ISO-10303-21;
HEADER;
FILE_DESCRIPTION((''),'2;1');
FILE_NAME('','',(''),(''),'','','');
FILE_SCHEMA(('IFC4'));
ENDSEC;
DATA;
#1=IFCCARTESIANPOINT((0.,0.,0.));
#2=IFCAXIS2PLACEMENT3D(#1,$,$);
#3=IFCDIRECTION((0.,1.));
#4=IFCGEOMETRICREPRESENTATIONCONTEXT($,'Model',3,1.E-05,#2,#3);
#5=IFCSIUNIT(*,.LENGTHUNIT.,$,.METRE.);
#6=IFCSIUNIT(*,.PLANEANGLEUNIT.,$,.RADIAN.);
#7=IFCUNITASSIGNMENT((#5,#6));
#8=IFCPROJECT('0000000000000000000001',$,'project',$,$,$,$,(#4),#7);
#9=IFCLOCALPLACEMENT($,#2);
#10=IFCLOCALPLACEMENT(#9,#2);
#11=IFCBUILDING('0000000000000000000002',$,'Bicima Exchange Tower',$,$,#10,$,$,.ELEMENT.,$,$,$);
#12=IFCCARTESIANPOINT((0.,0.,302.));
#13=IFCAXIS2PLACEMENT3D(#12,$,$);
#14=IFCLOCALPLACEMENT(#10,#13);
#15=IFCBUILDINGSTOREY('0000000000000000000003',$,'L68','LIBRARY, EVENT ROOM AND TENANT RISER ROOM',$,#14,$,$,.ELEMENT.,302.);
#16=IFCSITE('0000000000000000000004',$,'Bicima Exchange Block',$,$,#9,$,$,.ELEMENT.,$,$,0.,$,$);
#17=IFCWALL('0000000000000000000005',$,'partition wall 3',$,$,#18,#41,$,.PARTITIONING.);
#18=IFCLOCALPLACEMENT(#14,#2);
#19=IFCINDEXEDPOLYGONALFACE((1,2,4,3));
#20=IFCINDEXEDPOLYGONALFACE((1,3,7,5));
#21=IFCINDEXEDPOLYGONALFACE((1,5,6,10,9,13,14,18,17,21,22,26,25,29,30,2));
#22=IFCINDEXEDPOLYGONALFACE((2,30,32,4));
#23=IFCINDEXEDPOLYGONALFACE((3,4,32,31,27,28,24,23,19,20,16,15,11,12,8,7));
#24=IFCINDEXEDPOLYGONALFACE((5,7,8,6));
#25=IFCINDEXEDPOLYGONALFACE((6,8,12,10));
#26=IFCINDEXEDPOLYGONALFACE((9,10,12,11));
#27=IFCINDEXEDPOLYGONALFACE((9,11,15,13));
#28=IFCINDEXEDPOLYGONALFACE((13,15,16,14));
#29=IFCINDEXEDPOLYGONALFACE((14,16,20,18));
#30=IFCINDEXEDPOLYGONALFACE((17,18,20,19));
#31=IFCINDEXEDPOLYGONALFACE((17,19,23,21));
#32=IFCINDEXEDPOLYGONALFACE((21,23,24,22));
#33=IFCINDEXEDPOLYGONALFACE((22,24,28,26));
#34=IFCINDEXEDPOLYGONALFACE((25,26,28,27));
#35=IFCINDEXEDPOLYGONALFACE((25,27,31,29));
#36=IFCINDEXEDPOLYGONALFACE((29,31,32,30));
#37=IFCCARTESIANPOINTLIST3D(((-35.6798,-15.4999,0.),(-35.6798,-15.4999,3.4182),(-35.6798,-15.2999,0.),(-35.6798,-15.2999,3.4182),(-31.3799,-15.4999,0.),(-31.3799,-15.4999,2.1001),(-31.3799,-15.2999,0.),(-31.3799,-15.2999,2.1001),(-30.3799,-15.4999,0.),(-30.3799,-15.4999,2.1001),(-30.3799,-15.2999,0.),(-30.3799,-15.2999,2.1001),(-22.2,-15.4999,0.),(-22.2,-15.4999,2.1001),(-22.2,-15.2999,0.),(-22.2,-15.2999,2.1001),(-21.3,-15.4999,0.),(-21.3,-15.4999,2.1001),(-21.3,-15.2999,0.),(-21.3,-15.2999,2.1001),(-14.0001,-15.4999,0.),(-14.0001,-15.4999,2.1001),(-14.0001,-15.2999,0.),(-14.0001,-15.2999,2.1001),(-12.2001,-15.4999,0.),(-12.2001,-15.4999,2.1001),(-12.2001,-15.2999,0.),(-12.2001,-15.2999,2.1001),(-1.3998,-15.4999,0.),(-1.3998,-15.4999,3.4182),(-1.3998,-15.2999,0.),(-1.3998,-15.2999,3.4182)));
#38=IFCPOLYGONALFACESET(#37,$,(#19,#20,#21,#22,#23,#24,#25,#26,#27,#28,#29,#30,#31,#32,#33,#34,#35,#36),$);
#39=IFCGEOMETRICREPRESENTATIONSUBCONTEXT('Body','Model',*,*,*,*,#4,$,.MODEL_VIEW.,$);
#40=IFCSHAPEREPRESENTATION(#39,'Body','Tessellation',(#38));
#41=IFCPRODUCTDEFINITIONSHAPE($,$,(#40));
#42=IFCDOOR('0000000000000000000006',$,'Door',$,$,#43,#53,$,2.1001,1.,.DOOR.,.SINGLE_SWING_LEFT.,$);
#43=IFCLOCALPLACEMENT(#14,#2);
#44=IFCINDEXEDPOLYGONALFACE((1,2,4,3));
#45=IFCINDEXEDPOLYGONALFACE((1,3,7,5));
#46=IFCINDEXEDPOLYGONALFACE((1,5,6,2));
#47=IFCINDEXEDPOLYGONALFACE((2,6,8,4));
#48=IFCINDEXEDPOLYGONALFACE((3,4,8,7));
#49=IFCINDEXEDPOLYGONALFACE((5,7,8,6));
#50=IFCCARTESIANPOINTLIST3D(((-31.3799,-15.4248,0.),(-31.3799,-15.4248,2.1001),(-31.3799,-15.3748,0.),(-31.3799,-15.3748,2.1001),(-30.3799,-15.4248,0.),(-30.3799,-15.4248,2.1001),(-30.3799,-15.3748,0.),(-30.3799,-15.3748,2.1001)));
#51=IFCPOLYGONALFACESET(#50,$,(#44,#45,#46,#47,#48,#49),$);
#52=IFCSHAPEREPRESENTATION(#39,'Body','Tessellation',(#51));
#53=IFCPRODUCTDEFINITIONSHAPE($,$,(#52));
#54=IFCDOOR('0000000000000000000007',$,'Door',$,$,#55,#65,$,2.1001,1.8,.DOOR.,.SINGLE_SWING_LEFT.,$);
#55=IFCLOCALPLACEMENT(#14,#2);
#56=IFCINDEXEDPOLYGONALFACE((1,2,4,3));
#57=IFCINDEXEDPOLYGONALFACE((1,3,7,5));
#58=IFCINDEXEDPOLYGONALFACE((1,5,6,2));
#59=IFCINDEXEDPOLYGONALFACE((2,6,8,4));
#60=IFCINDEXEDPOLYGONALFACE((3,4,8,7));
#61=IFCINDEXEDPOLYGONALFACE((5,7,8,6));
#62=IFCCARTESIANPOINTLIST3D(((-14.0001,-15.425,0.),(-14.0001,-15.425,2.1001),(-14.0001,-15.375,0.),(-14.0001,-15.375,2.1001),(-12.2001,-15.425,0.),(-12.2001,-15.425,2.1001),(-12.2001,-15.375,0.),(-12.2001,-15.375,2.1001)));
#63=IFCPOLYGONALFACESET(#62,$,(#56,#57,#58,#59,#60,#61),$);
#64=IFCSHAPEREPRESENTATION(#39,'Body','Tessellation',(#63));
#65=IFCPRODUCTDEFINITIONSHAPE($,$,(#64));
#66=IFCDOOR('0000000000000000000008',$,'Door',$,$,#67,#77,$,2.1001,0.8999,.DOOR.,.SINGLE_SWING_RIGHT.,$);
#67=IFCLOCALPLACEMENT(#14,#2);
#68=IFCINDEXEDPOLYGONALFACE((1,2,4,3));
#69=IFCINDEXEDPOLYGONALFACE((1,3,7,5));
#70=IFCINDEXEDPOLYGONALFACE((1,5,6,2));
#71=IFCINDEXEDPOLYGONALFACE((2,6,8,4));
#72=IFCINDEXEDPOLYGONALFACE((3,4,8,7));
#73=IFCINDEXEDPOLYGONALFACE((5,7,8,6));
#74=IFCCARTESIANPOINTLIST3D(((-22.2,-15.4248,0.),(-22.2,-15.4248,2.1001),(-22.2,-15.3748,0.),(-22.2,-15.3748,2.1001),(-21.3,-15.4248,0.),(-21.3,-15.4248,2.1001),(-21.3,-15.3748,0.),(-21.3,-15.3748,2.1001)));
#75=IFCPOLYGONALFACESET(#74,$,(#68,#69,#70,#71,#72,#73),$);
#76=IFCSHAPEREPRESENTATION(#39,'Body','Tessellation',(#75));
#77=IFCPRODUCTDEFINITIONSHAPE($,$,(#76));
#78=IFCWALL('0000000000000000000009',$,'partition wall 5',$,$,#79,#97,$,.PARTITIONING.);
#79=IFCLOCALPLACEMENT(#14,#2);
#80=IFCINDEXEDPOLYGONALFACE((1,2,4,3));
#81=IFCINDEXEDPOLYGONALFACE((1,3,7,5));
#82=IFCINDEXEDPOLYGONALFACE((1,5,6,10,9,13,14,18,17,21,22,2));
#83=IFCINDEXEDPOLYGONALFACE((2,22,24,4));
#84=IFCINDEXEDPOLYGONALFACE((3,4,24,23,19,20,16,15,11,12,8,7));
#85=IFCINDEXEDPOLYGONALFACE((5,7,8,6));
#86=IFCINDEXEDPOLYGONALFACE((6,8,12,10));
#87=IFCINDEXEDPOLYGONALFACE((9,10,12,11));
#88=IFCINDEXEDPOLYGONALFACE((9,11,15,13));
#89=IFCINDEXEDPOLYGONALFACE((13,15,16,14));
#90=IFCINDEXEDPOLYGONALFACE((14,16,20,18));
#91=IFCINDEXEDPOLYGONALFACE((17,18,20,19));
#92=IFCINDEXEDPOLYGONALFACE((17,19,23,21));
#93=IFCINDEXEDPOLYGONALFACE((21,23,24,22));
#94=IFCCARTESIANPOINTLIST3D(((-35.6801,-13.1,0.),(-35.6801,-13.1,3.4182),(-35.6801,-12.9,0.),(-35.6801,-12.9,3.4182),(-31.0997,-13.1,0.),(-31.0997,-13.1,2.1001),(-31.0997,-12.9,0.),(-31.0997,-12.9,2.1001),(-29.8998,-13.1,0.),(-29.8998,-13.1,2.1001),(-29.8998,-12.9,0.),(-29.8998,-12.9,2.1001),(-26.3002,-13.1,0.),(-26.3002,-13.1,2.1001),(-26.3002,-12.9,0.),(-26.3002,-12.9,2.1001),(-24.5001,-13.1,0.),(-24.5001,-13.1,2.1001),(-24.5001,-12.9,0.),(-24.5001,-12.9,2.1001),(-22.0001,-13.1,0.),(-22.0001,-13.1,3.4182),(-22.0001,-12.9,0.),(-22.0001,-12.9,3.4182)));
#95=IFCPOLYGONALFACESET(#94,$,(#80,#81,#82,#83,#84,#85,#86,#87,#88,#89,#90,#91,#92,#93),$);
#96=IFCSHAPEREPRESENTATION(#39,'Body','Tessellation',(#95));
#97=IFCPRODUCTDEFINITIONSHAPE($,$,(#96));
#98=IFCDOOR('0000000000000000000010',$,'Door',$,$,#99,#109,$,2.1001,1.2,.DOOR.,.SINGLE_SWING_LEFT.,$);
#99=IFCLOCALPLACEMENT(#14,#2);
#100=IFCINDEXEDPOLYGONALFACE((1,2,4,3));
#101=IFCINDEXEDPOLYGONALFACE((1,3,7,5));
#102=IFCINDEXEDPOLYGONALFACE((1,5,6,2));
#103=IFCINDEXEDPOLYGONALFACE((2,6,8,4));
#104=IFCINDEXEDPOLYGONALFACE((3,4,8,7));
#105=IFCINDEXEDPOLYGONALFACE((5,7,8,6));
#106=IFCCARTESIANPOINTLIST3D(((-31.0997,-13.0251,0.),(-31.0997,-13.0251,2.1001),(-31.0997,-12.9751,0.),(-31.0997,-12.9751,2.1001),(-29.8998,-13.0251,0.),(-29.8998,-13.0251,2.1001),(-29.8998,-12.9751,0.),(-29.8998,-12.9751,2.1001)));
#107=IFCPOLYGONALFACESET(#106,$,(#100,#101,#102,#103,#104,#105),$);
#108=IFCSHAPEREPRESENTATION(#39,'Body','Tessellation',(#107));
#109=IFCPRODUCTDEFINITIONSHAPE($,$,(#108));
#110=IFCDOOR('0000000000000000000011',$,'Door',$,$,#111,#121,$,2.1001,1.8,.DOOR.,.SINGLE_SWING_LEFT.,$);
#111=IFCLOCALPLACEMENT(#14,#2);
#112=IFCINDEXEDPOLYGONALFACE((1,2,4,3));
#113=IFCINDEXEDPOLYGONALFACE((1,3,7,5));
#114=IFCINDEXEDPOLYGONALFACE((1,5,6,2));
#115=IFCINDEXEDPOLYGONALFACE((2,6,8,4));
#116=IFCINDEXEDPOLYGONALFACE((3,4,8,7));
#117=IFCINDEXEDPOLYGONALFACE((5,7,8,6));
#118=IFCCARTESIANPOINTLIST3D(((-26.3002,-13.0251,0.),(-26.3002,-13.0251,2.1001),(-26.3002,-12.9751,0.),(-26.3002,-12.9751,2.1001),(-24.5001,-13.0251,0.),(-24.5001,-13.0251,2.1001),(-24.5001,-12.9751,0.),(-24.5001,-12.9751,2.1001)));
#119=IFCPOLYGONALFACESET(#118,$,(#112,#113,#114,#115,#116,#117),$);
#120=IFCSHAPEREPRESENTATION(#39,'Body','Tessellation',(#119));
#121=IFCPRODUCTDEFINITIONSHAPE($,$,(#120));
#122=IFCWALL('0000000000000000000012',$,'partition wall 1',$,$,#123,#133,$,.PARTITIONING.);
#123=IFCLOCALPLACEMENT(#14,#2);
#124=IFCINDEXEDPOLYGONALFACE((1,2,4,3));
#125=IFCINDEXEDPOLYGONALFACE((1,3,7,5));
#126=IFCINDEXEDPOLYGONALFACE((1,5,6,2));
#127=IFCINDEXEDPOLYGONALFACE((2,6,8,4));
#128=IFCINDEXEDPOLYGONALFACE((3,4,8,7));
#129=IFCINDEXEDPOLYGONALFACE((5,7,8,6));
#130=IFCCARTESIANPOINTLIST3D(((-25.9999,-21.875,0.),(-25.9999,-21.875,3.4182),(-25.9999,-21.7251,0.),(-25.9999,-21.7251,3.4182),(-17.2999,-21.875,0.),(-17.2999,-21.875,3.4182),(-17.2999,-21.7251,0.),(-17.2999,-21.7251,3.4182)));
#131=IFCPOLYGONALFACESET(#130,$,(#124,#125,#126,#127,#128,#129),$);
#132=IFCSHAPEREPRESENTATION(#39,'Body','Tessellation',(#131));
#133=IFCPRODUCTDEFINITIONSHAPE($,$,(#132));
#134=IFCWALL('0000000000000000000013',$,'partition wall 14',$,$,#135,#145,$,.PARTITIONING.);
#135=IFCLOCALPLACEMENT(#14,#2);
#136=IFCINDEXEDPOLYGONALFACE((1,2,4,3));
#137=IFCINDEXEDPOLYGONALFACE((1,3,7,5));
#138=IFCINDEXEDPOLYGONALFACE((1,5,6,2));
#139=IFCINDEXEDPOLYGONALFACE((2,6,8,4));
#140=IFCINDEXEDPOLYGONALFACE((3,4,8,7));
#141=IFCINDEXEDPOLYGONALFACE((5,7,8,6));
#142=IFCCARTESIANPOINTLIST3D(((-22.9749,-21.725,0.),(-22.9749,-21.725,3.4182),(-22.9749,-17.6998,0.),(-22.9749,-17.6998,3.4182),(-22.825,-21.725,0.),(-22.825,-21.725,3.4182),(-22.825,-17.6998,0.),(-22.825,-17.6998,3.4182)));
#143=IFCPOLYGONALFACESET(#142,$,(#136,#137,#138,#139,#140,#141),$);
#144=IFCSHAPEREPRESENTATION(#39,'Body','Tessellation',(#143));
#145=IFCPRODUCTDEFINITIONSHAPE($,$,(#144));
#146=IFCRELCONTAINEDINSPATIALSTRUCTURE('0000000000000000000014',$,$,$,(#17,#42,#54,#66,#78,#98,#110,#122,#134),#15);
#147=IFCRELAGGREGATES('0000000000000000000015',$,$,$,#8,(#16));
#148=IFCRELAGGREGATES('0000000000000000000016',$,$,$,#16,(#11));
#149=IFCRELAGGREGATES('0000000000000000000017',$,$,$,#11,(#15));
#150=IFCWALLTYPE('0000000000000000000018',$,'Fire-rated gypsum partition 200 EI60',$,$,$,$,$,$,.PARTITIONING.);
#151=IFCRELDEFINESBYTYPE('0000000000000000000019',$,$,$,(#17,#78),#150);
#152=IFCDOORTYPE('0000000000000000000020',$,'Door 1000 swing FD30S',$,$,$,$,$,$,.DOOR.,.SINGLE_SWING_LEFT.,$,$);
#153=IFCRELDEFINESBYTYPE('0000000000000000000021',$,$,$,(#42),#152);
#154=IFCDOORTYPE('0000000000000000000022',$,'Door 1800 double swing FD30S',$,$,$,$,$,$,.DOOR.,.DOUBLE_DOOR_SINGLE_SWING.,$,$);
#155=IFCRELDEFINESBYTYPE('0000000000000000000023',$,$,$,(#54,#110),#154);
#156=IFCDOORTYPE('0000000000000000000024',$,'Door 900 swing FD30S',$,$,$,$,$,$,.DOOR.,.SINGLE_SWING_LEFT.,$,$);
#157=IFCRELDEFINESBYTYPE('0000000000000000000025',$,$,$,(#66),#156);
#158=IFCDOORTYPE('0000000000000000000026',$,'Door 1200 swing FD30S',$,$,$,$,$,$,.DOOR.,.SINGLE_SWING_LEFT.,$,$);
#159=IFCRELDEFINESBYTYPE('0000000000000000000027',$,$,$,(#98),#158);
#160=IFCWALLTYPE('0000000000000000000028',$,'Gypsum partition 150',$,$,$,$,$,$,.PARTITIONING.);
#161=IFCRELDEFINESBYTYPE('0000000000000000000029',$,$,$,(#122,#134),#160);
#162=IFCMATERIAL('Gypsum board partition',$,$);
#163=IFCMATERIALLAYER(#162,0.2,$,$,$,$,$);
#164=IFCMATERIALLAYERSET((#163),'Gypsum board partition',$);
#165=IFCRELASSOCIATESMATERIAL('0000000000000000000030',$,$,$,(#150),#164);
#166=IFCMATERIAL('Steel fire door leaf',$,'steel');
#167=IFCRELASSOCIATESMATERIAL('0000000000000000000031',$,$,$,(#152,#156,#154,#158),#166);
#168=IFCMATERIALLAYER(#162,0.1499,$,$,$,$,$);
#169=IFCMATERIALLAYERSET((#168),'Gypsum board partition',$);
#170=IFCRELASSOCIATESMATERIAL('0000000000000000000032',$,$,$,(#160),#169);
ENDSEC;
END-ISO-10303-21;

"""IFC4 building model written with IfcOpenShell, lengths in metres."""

from ifc_helpers import new_model, si_unit, direction, frame, frame_2d, origin, place, context, subcontext, project, spatial, rectangle, extrude, material, layer, layer_set, type_object, element, fill, save


model = new_model("IFC4")

# Units and contexts
model_context = context("Model", 3, precision=1e-05, world=origin(), true_north=direction((0.0, 1.0)))
body_context = subcontext(model_context, "Body", "Model", "MODEL_VIEW")
ifc_project = project(units=[si_unit("LENGTHUNIT", "METRE"), si_unit("PLANEANGLEUNIT", "RADIAN")], contexts=[model_context])

# Site, building, storey
site_placement = place(None, origin())
site = spatial("IfcSite", under=ifc_project, at=site_placement, Name="Bicima Exchange Block", CompositionType="ELEMENT", RefElevation=0.0)
building_placement = place(site_placement, origin())
building = spatial("IfcBuilding", under=site, at=building_placement, Name="Bicima Exchange Tower", CompositionType="ELEMENT")
storey_placement = place(building_placement, frame((0.0, 0.0, 302.0)))
storey = spatial("IfcBuildingStorey", under=building, at=storey_placement, Name="L68", Description="LIBRARY, EVENT ROOM AND TENANT RISER ROOM", CompositionType="ELEMENT", Elevation=302.0)

# Walls, openings, doors
ifc_material_1 = material(Name="Gypsum board partition")
ifc_layer_1 = layer(ifc_material_1, 0.2)
ifc_layer_set_1 = layer_set([ifc_layer_1], Name="Gypsum board partition")
wall_type_1 = type_object("IfcWallType", Name="Fire-rated gypsum partition 200 EI60", PredefinedType="PARTITIONING", material=ifc_layer_set_1)
ifc_material_2 = material(Name="Steel fire door leaf", Category="steel")
door_type_1 = type_object("IfcDoorType", Name="Door 1000 swing FD30S", OperationType="SINGLE_SWING_LEFT", PredefinedType="DOOR", material=ifc_material_2)
door_type_2 = type_object("IfcDoorType", Name="Door 900 swing FD30S", OperationType="SINGLE_SWING_LEFT", PredefinedType="DOOR", material=ifc_material_2)
wall_1_placement = place(storey_placement, frame((-35.6799, -15.3999, 0.0), z_axis=(0.0, 0.0, 1.0), x_axis=(1.0, 0.0, 0.0)))
wall_1 = element("IfcWall", 1, at=wall_1_placement, inside=storey, type_object=wall_type_1, Name="partition wall 3", PredefinedType="PARTITIONING", context=body_context, shape_type="SweptSolid", body=[
    extrude(rectangle(XDim=34.28, YDim=0.2, at=frame_2d((17.1401, 0.0))), origin(), (0.0, 0.0, 1.0), 3.4182),
])
opening_1_placement = place(wall_1_placement, frame((4.3, 0.0, 0.0)))
opening_1 = element("IfcOpeningElement", 2, at=opening_1_placement, cuts=wall_1, PredefinedType="OPENING", context=body_context, shape_type="SweptSolid", body=[
    extrude(rectangle(XDim=1.0, YDim=2.1001, at=frame_2d((0.5, 1.05))), frame((0.0, 0.1118, 0.0), z_axis=(0.0, -1.0, 0.0), x_axis=(1.0, 0.0, 0.0)), (0.0, 0.0, 1.0), 0.2239),
])
opening_2_placement = place(wall_1_placement, frame((13.48, 0.0, 0.0)))
opening_2 = element("IfcOpeningElement", 3, at=opening_2_placement, cuts=wall_1, PredefinedType="OPENING", context=body_context, shape_type="SweptSolid", body=[
    extrude(rectangle(XDim=0.8999, YDim=2.1001, at=frame_2d((0.45, 1.05))), frame((0.0, 0.1118, 0.0), z_axis=(0.0, -1.0, 0.0), x_axis=(1.0, 0.0, 0.0)), (0.0, 0.0, 1.0), 0.2239),
])
opening_3_placement = place(wall_1_placement, frame((21.6799, 0.0, 0.0)))
opening_3 = element("IfcOpeningElement", 4, at=opening_3_placement, cuts=wall_1, PredefinedType="OPENING", context=body_context, shape_type="SweptSolid", body=[
    extrude(rectangle(XDim=1.8, YDim=2.1001, at=frame_2d((0.8999, 1.05))), frame((0.0, 0.1118, 0.0), z_axis=(0.0, -1.0, 0.0), x_axis=(1.0, 0.0, 0.0)), (0.0, 0.0, 1.0), 0.2239),
])
door_1_placement = place(opening_1_placement, frame((1.0, 0.0, 0.0), z_axis=(0.0, 0.0, 1.0), x_axis=(-1.0, 0.0, 0.0)))
door_1 = element("IfcDoor", 5, at=door_1_placement, inside=storey, type_object=door_type_1, Name="Door", OperationType="SINGLE_SWING_LEFT", OverallHeight=2.1001, OverallWidth=1.0, PredefinedType="DOOR", context=body_context, shape_type="SweptSolid", body=[
    extrude(rectangle(XDim=1.0, YDim=2.1001, at=frame_2d((0.5, 1.05))), frame((0.0, 0.0249, 0.0), z_axis=(0.0, -1.0, 0.0), x_axis=(1.0, 0.0, 0.0)), (0.0, 0.0, 1.0), 0.05),
])
fill(opening_1, door_1)
door_type_3 = type_object("IfcDoorType", Name="Door 1800 double swing FD30S", OperationType="DOUBLE_DOOR_SINGLE_SWING", PredefinedType="DOOR", material=ifc_material_2)
door_2_placement = place(opening_3_placement, origin())
door_2 = element("IfcDoor", 6, at=door_2_placement, inside=storey, type_object=door_type_3, Name="Door", OperationType="SINGLE_SWING_LEFT", OverallHeight=2.1001, OverallWidth=1.8, PredefinedType="DOOR", context=body_context, shape_type="SweptSolid", body=[
    extrude(rectangle(XDim=1.8, YDim=2.1001, at=frame_2d((0.8999, 1.05))), frame((0.0, 0.0249, 0.0), z_axis=(0.0, -1.0, 0.0), x_axis=(1.0, 0.0, 0.0)), (0.0, 0.0, 1.0), 0.05),
])
fill(opening_3, door_2)
door_3_placement = place(opening_2_placement, frame((0.8999, 0.0, 0.0), z_axis=(0.0, 0.0, 1.0), x_axis=(-1.0, 0.0, 0.0)))
door_3 = element("IfcDoor", 7, at=door_3_placement, inside=storey, type_object=door_type_2, Name="Door", OperationType="SINGLE_SWING_RIGHT", OverallHeight=2.1001, OverallWidth=0.8999, PredefinedType="DOOR", context=body_context, shape_type="SweptSolid", body=[
    extrude(rectangle(XDim=0.8999, YDim=2.1001, at=frame_2d((0.45, 1.05))), frame((0.0, 0.0249, 0.0), z_axis=(0.0, -1.0, 0.0), x_axis=(1.0, 0.0, 0.0)), (0.0, 0.0, 1.0), 0.05),
])
fill(opening_2, door_3)
wall_2_placement = place(storey_placement, frame((-35.6799, -13.0, 0.0), z_axis=(0.0, 0.0, 1.0), x_axis=(1.0, 0.0, 0.0)))
wall_2 = element("IfcWall", 8, at=wall_2_placement, inside=storey, type_object=wall_type_1, Name="partition wall 5", PredefinedType="PARTITIONING", context=body_context, shape_type="SweptSolid", body=[
    extrude(rectangle(XDim=13.6799, YDim=0.2, at=frame_2d((6.8398, 0.0))), origin(), (0.0, 0.0, 1.0), 3.4182),
])
opening_4_placement = place(wall_2_placement, frame((4.5801, 0.0, 0.0)))
opening_4 = element("IfcOpeningElement", 9, at=opening_4_placement, cuts=wall_2, PredefinedType="OPENING", context=body_context, shape_type="SweptSolid", body=[
    extrude(rectangle(XDim=1.2, YDim=2.1001, at=frame_2d((0.6001, 1.05))), frame((0.0, 0.1118, 0.0), z_axis=(0.0, -1.0, 0.0), x_axis=(1.0, 0.0, 0.0)), (0.0, 0.0, 1.0), 0.2239),
])
opening_5_placement = place(wall_2_placement, frame((9.3799, 0.0, 0.0)))
opening_5 = element("IfcOpeningElement", 10, at=opening_5_placement, cuts=wall_2, PredefinedType="OPENING", context=body_context, shape_type="SweptSolid", body=[
    extrude(rectangle(XDim=1.8, YDim=2.1001, at=frame_2d((0.8999, 1.05))), frame((0.0, 0.1118, 0.0), z_axis=(0.0, -1.0, 0.0), x_axis=(1.0, 0.0, 0.0)), (0.0, 0.0, 1.0), 0.2239),
])
door_type_4 = type_object("IfcDoorType", Name="Door 1200 swing FD30S", OperationType="SINGLE_SWING_LEFT", PredefinedType="DOOR", material=ifc_material_2)
door_4_placement = place(opening_4_placement, origin())
door_4 = element("IfcDoor", 11, at=door_4_placement, inside=storey, type_object=door_type_4, Name="Door", OperationType="SINGLE_SWING_LEFT", OverallHeight=2.1001, OverallWidth=1.2, PredefinedType="DOOR", context=body_context, shape_type="SweptSolid", body=[
    extrude(rectangle(XDim=1.2, YDim=2.1001, at=frame_2d((0.6001, 1.05))), frame((0.0, 0.0249, 0.0), z_axis=(0.0, -1.0, 0.0), x_axis=(1.0, 0.0, 0.0)), (0.0, 0.0, 1.0), 0.05),
])
fill(opening_4, door_4)
door_5_placement = place(opening_5_placement, origin())
door_5 = element("IfcDoor", 12, at=door_5_placement, inside=storey, type_object=door_type_3, Name="Door", OperationType="SINGLE_SWING_LEFT", OverallHeight=2.1001, OverallWidth=1.8, PredefinedType="DOOR", context=body_context, shape_type="SweptSolid", body=[
    extrude(rectangle(XDim=1.8, YDim=2.1001, at=frame_2d((0.8999, 1.05))), frame((0.0, 0.0249, 0.0), z_axis=(0.0, -1.0, 0.0), x_axis=(1.0, 0.0, 0.0)), (0.0, 0.0, 1.0), 0.05),
])
fill(opening_5, door_5)

# Walls
ifc_layer_2 = layer(ifc_material_1, 0.1499)
ifc_layer_set_2 = layer_set([ifc_layer_2], Name="Gypsum board partition")
wall_type_2 = type_object("IfcWallType", Name="Gypsum partition 150", PredefinedType="PARTITIONING", material=ifc_layer_set_2)
wall_3_placement = place(storey_placement, frame((-26.0, -21.8, 0.0), z_axis=(0.0, 0.0, 1.0), x_axis=(1.0, 0.0, 0.0)))
element("IfcWall", 13, at=wall_3_placement, inside=storey, type_object=wall_type_2, Name="partition wall 1", PredefinedType="PARTITIONING", context=body_context, shape_type="SweptSolid", body=[
    extrude(rectangle(XDim=8.7, YDim=0.1499, at=frame_2d((4.3501, 0.0))), origin(), (0.0, 0.0, 1.0), 3.4182),
])
wall_4_placement = place(storey_placement, frame((-22.8999, -21.7251, 0.0), z_axis=(0.0, 0.0, 1.0), x_axis=(0.0, 1.0, 0.0)))
element("IfcWall", 14, at=wall_4_placement, inside=storey, type_object=wall_type_2, Name="partition wall 14", PredefinedType="PARTITIONING", context=body_context, shape_type="SweptSolid", body=[
    extrude(rectangle(XDim=4.0251, YDim=0.1499, at=frame_2d((2.0127, 0.0))), origin(), (0.0, 0.0, 1.0), 3.4182),
])

save(model, "model.ifc")
